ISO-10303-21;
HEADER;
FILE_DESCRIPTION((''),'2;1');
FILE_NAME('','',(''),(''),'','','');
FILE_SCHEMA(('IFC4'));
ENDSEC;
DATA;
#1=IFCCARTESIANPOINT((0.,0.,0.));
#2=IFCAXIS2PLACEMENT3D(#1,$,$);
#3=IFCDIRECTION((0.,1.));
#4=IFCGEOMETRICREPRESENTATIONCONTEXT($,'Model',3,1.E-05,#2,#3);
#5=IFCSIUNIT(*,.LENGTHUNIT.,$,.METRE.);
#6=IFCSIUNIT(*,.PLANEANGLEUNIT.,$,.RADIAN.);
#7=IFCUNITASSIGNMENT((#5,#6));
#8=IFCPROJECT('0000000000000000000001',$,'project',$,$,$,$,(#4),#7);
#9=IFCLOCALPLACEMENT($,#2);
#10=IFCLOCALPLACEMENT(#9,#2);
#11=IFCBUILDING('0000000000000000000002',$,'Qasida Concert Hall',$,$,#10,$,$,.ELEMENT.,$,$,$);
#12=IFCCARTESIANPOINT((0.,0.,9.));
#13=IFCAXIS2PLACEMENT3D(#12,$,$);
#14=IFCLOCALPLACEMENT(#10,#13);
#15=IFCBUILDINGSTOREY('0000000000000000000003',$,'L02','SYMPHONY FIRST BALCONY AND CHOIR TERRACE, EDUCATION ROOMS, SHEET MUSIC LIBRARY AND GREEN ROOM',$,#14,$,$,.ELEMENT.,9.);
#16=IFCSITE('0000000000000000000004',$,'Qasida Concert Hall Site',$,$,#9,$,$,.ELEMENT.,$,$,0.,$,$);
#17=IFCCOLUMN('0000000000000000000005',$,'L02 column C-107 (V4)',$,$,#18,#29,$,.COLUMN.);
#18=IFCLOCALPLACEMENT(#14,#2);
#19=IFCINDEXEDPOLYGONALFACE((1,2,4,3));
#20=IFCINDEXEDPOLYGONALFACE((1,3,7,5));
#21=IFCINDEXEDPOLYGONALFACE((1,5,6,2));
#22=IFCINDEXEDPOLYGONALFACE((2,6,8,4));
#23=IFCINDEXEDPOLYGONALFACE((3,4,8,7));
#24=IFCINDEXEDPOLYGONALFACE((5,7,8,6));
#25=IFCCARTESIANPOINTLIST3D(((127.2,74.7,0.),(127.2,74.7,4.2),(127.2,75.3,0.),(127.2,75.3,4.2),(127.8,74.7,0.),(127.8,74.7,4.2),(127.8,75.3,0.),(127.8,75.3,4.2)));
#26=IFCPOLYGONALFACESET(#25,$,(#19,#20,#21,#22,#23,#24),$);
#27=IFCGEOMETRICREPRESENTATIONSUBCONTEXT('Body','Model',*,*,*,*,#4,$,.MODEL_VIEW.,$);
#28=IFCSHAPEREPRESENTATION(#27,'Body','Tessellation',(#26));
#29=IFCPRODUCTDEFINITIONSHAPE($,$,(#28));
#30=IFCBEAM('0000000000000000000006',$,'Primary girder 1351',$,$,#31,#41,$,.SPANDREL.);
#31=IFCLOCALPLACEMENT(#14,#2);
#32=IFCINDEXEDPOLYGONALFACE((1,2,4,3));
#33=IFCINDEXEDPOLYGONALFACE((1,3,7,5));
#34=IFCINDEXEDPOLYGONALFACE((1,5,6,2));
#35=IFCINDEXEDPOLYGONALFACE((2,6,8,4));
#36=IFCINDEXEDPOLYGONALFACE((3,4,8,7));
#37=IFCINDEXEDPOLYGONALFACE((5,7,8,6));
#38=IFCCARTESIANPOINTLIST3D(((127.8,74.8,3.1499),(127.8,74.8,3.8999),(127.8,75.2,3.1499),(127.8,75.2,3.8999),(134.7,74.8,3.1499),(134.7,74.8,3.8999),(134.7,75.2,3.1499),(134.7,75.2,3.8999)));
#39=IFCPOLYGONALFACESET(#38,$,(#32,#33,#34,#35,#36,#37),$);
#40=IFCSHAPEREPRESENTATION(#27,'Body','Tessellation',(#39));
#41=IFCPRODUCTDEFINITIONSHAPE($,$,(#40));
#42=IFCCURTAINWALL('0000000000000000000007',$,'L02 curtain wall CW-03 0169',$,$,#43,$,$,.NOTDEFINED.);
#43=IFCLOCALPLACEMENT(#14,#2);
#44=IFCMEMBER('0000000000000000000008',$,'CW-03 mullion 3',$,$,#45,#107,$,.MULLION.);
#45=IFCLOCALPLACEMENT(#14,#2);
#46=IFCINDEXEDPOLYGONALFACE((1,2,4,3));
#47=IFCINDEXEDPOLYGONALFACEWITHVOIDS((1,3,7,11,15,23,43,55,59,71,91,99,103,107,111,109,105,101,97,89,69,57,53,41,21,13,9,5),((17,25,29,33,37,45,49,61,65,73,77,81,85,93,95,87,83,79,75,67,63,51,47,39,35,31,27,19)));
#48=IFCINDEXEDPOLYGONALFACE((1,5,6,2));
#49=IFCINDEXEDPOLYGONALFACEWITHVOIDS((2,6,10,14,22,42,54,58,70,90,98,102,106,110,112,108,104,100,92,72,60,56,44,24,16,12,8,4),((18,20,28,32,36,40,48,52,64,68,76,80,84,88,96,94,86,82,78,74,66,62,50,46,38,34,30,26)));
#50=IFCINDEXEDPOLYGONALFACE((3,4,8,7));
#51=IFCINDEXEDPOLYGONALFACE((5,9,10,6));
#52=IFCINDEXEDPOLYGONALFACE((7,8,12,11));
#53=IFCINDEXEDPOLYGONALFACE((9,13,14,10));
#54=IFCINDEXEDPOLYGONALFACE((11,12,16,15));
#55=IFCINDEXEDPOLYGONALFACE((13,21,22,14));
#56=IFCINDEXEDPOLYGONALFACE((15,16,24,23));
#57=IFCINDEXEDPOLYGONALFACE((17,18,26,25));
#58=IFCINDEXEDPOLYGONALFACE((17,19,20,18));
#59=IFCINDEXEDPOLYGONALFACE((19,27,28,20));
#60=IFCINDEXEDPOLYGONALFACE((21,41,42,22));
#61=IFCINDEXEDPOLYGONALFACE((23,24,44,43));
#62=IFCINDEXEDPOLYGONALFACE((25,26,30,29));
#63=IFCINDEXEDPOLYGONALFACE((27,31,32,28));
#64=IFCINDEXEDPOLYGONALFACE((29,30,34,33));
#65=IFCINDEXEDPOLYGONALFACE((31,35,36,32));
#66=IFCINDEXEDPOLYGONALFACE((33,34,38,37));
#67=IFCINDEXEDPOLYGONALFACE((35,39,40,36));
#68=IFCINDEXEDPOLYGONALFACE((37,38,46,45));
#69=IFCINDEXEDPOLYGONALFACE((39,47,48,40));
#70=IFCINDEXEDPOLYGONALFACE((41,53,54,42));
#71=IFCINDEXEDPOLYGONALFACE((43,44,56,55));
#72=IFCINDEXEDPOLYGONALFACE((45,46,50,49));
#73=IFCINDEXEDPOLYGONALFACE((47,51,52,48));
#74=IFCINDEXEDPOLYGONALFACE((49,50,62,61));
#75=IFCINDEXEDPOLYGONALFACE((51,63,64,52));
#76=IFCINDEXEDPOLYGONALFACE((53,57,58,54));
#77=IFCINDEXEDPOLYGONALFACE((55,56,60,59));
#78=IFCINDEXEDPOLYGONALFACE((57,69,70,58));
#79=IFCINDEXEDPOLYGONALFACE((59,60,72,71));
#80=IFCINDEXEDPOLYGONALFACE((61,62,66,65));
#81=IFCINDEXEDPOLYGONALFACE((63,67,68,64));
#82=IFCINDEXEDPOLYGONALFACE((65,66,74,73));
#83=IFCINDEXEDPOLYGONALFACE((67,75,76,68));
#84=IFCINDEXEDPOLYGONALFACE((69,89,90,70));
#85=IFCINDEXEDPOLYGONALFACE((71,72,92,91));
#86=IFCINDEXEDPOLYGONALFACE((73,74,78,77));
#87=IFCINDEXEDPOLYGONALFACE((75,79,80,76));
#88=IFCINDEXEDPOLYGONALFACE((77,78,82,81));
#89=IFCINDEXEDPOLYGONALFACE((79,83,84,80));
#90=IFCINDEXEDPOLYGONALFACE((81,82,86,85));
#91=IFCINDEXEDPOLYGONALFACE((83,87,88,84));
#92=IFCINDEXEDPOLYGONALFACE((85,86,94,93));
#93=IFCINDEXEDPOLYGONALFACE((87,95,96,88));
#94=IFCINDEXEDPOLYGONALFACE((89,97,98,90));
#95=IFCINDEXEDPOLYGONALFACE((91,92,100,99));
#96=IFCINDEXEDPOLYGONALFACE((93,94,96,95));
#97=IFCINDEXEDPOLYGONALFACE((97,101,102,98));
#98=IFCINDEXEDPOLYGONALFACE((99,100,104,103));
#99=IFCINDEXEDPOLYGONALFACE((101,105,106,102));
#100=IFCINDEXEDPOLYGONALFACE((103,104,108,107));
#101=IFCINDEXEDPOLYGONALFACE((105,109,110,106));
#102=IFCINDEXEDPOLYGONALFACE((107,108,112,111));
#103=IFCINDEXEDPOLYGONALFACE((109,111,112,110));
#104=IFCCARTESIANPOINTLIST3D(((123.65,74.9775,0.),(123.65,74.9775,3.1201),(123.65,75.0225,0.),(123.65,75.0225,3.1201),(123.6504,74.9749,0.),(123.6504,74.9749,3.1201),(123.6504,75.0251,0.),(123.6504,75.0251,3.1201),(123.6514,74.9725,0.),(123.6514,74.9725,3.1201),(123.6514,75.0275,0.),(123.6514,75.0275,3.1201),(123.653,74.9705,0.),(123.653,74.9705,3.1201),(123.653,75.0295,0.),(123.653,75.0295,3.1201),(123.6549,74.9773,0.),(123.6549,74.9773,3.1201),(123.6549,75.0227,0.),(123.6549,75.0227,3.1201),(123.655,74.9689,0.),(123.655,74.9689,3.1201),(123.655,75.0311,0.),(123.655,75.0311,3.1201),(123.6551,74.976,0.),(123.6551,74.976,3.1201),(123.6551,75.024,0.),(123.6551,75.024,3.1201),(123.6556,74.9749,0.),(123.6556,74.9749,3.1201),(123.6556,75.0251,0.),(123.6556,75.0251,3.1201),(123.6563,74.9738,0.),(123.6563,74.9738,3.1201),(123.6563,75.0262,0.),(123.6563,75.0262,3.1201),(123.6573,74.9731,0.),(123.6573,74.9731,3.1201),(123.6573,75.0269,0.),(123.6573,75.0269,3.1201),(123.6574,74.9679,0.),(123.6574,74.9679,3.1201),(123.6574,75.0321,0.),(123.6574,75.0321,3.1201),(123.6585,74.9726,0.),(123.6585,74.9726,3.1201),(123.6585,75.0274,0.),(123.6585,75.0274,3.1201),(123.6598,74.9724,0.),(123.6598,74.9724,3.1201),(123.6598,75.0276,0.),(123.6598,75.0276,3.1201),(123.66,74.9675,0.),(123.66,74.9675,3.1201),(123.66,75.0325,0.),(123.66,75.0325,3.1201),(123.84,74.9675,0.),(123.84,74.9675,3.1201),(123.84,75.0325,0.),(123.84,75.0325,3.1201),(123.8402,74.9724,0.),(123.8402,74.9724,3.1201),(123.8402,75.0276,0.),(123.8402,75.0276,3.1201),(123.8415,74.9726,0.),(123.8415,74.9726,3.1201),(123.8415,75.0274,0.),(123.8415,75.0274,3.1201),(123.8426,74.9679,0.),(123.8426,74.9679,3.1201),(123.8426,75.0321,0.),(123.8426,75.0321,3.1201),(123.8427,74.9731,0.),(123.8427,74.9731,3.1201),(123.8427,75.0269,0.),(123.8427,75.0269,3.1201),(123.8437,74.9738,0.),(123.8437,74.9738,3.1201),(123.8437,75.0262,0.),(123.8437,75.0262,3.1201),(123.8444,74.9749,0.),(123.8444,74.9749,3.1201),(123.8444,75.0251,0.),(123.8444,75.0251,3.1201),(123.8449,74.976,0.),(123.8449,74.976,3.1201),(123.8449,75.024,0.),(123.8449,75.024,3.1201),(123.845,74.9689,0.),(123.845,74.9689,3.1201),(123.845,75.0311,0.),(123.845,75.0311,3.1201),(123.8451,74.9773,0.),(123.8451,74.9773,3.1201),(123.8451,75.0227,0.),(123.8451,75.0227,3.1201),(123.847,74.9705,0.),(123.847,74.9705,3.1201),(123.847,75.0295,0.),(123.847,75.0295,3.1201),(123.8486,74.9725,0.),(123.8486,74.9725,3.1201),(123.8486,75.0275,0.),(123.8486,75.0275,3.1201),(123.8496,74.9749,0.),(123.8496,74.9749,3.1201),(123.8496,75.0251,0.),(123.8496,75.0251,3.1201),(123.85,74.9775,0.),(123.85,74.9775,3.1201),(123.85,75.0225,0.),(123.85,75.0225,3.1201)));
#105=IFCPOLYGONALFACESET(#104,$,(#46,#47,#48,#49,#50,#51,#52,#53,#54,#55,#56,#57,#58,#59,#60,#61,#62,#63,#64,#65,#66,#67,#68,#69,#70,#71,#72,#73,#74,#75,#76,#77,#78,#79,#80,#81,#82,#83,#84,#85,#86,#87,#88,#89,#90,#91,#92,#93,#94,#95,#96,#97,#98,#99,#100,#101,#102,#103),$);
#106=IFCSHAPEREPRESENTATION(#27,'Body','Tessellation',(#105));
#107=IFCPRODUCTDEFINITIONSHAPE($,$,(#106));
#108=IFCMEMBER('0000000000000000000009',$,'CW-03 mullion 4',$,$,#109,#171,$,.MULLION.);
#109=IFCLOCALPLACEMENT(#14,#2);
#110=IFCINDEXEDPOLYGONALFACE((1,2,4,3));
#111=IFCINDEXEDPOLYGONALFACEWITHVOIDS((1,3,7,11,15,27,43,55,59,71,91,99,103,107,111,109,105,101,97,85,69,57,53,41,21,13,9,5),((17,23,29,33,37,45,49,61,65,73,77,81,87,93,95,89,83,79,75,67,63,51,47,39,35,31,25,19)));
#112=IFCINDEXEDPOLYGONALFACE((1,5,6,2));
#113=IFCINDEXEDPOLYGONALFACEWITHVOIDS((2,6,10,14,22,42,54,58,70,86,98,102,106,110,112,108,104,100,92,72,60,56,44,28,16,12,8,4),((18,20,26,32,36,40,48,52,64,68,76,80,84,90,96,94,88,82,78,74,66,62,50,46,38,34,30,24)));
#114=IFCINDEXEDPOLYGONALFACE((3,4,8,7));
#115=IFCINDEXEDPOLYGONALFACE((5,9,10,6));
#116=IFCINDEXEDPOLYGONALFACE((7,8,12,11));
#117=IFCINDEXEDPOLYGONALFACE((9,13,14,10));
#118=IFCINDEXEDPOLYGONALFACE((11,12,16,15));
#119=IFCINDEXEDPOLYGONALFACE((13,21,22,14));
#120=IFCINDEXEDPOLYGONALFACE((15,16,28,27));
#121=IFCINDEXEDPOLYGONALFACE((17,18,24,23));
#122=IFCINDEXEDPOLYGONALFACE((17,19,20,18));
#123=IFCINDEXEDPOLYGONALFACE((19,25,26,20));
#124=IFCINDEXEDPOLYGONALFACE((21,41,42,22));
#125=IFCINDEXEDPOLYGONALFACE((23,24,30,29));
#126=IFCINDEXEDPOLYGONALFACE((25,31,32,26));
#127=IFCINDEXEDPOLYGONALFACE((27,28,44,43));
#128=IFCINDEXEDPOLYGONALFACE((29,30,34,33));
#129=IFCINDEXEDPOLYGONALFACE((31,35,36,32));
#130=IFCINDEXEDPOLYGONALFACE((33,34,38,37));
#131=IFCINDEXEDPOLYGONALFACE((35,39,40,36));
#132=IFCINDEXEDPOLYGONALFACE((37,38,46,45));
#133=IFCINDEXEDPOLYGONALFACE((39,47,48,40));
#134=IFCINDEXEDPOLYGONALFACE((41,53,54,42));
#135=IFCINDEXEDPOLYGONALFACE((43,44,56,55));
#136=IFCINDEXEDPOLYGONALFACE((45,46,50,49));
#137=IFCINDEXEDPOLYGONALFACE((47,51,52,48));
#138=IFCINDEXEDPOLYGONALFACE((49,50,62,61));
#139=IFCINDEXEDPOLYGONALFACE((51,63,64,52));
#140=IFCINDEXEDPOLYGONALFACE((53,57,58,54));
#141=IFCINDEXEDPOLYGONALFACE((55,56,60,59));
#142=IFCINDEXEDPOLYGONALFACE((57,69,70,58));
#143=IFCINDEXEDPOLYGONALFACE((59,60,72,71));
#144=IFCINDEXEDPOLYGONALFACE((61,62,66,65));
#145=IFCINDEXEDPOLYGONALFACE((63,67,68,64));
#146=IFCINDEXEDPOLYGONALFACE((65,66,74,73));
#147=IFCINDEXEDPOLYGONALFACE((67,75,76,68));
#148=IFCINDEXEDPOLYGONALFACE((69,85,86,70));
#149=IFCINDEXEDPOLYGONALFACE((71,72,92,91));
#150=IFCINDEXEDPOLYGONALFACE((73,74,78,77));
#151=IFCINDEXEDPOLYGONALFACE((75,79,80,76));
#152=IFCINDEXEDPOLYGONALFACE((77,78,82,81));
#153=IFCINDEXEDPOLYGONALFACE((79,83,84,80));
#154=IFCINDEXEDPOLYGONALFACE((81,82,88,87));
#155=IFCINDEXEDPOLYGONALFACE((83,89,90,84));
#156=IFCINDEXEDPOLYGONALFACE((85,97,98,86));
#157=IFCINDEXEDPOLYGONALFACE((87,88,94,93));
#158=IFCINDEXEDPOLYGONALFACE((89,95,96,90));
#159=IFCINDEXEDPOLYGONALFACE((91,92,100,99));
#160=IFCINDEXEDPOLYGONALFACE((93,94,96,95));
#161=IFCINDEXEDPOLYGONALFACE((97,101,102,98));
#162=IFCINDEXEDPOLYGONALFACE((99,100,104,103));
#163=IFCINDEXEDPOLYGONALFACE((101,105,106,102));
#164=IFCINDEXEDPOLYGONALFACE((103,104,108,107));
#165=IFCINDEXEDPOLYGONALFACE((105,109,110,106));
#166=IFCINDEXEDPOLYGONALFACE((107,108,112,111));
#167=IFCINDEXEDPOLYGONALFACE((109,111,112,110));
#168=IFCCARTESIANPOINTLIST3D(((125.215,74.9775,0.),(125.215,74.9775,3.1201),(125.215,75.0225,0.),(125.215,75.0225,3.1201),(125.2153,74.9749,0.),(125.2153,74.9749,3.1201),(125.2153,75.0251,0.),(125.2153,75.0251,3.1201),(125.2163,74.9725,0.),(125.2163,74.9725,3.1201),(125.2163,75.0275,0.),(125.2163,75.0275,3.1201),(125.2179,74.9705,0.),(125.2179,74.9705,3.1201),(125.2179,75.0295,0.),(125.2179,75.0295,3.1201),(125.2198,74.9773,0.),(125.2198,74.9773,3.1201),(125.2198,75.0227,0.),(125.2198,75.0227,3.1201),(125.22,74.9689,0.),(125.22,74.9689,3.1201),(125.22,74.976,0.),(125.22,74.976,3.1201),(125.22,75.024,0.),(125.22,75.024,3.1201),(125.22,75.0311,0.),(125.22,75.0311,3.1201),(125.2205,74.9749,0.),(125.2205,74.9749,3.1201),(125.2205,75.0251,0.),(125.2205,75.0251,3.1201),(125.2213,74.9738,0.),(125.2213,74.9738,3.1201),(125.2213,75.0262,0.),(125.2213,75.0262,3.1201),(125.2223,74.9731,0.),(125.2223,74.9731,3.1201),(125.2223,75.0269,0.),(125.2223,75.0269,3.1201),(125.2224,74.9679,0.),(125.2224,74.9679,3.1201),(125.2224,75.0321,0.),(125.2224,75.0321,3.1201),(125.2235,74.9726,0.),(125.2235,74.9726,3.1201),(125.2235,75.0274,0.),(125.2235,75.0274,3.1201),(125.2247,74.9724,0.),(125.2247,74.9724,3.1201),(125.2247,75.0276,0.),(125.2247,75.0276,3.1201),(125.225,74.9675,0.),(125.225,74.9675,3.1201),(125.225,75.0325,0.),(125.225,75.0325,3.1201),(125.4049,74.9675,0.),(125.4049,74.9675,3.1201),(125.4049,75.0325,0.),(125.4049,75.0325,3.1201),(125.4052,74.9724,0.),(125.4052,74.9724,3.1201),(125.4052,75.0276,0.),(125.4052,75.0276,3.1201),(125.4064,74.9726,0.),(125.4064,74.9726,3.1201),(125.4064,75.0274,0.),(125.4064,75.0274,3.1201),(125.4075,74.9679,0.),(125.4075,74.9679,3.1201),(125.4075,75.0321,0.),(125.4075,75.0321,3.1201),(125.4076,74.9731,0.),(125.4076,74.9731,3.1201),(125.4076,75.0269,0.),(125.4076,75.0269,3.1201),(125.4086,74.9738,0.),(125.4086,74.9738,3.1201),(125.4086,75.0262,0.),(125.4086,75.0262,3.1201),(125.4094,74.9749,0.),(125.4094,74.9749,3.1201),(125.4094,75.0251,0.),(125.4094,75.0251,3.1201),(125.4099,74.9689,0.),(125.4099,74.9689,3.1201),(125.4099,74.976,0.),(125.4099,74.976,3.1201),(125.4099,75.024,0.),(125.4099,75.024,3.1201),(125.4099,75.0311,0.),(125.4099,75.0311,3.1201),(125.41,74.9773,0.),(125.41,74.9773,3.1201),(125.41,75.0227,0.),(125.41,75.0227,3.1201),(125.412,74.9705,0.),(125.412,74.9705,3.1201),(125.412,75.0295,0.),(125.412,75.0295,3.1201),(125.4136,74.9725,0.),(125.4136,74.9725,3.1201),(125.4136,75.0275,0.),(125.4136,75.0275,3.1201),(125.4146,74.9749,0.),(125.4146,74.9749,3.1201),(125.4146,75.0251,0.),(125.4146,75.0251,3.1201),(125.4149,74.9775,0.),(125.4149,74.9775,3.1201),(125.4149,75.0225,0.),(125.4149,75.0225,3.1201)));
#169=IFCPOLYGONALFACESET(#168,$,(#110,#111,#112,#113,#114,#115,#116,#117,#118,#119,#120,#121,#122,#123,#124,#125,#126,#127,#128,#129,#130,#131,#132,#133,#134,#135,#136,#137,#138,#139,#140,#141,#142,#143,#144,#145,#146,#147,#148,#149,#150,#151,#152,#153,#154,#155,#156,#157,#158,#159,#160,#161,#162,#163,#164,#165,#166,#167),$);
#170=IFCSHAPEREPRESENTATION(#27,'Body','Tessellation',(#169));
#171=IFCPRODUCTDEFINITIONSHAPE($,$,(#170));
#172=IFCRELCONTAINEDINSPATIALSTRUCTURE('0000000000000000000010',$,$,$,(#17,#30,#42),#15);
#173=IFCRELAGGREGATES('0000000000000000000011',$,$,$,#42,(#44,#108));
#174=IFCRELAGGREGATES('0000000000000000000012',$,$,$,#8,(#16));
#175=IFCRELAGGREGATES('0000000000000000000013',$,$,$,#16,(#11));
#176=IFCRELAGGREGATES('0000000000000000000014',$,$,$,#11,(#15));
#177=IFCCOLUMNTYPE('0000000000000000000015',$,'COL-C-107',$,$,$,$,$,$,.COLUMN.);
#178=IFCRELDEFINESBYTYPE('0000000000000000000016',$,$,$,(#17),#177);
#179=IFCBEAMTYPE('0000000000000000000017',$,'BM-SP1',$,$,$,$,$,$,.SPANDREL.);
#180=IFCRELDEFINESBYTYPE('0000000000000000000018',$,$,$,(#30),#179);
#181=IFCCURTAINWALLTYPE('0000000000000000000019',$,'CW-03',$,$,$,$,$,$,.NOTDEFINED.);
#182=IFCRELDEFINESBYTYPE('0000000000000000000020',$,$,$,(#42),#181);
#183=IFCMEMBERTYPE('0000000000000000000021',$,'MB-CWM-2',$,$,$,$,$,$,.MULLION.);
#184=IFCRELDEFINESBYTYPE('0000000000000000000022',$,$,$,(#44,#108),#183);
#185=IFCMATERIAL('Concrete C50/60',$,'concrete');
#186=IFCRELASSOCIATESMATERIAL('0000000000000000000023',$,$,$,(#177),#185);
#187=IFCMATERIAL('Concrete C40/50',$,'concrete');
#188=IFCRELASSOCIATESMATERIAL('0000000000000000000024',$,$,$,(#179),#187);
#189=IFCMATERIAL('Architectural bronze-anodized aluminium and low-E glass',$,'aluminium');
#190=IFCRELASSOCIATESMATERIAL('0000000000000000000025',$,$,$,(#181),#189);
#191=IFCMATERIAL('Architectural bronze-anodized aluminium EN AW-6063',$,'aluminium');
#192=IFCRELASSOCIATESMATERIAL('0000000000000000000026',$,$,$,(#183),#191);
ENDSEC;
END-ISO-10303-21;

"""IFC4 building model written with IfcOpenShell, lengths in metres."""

from ifc_helpers import new_model, si_unit, direction, frame, origin, origin_2d, place, context, subcontext, project, spatial, rectangle, hollow_rectangle, extrude, material, material_profile, profile_set, type_object, element, aggregate, save


model = new_model("IFC4")

# Units and contexts
model_context = context("Model", 3, precision=1e-05, world=origin(), true_north=direction((0.0, 1.0)))
body_context = subcontext(model_context, "Body", "Model", "MODEL_VIEW")
ifc_project = project(units=[si_unit("LENGTHUNIT", "METRE"), si_unit("PLANEANGLEUNIT", "RADIAN")], contexts=[model_context])

# Site, building, storey
site_placement = place(None, origin())
site = spatial("IfcSite", under=ifc_project, at=site_placement, Name="Qasida Concert Hall Site", CompositionType="ELEMENT", RefElevation=0.0)
building_placement = place(site_placement, origin())
building = spatial("IfcBuilding", under=site, at=building_placement, Name="Qasida Concert Hall", CompositionType="ELEMENT")
storey_placement = place(building_placement, frame((0.0, 0.0, 9.0)))
storey = spatial("IfcBuildingStorey", under=building, at=storey_placement, Name="L02", Description="SYMPHONY FIRST BALCONY AND CHOIR TERRACE, EDUCATION ROOMS, SHEET MUSIC LIBRARY AND GREEN ROOM", CompositionType="ELEMENT", Elevation=9.0)

# Column
ifc_material_1 = material(Name="Concrete C50/60", Category="concrete")
ifc_material_profile_1 = material_profile(ifc_material_1, rectangle(XDim=0.6001, YDim=0.6001, at=origin_2d()), Name="RC 600x600")
ifc_profile_set_1 = profile_set([ifc_material_profile_1], Name="Concrete C50/60")
column_type = type_object("IfcColumnType", Name="COL-C-107", PredefinedType="COLUMN", material=ifc_profile_set_1)
column_placement = place(storey_placement, frame((127.5, 75.0, 0.0), z_axis=(0.0, 0.0, 1.0), x_axis=(1.0, 0.0, 0.0)))
element("IfcColumn", 1, at=column_placement, inside=storey, type_object=column_type, Name="L02 column C-107 (V4)", PredefinedType="COLUMN", context=body_context, shape_type="SweptSolid", body=[
    extrude(rectangle(XDim=0.6001, YDim=0.6001, at=origin_2d()), origin(), (0.0, 0.0, 1.0), 4.2),
])

# Beam
ifc_material_2 = material(Name="Concrete C40/50", Category="concrete")
ifc_material_profile_2 = material_profile(ifc_material_2, rectangle(XDim=0.3999, YDim=0.75, at=origin_2d()), Name="RC 400x750")
ifc_profile_set_2 = profile_set([ifc_material_profile_2], Name="Concrete C40/50")
beam_type = type_object("IfcBeamType", Name="BM-SP1", PredefinedType="SPANDREL", material=ifc_profile_set_2)
beam_placement = place(storey_placement, frame((127.8, 75.0, 3.5249), z_axis=(1.0, 0.0, 0.0), x_axis=(0.0, 1.0, 0.0)))
element("IfcBeam", 2, at=beam_placement, inside=storey, type_object=beam_type, Name="Primary girder 1351", PredefinedType="SPANDREL", context=body_context, shape_type="SweptSolid", body=[
    extrude(rectangle(XDim=0.3999, YDim=0.75, at=origin_2d()), origin(), (0.0, 0.0, 1.0), 6.8999),
])

# Curtain wall, members
ifc_material_3 = material(Name="Architectural bronze-anodized aluminium and low-E glass", Category="aluminium")
curtain_wall_type = type_object("IfcCurtainWallType", Name="CW-03", PredefinedType="NOTDEFINED", material=ifc_material_3)
curtain_wall_placement = place(storey_placement, origin())
curtain_wall = element("IfcCurtainWall", 3, at=curtain_wall_placement, inside=storey, type_object=curtain_wall_type, Name="L02 curtain wall CW-03 0169", PredefinedType="NOTDEFINED")
ifc_material_4 = material(Name="Architectural bronze-anodized aluminium EN AW-6063", Category="aluminium")
ifc_material_profile_3 = material_profile(ifc_material_4, hollow_rectangle(XDim=0.0649, YDim=0.2, WallThickness=0.0049, InnerFilletRadius=0.0049, OuterFilletRadius=0.01, at=origin_2d()), Name="CWM 200x65x5")
ifc_profile_set_3 = profile_set([ifc_material_profile_3], Name="Architectural bronze-anodized aluminium EN AW-6063")
member_type_1 = type_object("IfcMemberType", Name="MB-CWM-2", PredefinedType="MULLION", material=ifc_profile_set_3)
member_1_placement = place(storey_placement, frame((123.75, 75.0, 0.0), z_axis=(0.0, 0.0, 1.0), x_axis=(0.0, 1.0, 0.0)))
member_1 = element("IfcMember", 4, at=member_1_placement, type_object=member_type_1, Name="CW-03 mullion 3", PredefinedType="MULLION", context=body_context, shape_type="SweptSolid", body=[
    extrude(hollow_rectangle(XDim=0.0649, YDim=0.2, WallThickness=0.0049, InnerFilletRadius=0.0049, OuterFilletRadius=0.01, at=origin_2d()), origin(), (0.0, 0.0, 1.0), 3.1201),
])
member_2_placement = place(storey_placement, frame((125.3149, 75.0, 0.0), z_axis=(0.0, 0.0, 1.0), x_axis=(0.0, 1.0, 0.0)))
member_2 = element("IfcMember", 5, at=member_2_placement, type_object=member_type_1, Name="CW-03 mullion 4", PredefinedType="MULLION", context=body_context, shape_type="SweptSolid", body=[
    extrude(hollow_rectangle(XDim=0.0649, YDim=0.2, WallThickness=0.0049, InnerFilletRadius=0.0049, OuterFilletRadius=0.01, at=origin_2d()), origin(), (0.0, 0.0, 1.0), 3.1201),
])
aggregate(curtain_wall, [member_1, member_2])

save(model, "model.ifc")
